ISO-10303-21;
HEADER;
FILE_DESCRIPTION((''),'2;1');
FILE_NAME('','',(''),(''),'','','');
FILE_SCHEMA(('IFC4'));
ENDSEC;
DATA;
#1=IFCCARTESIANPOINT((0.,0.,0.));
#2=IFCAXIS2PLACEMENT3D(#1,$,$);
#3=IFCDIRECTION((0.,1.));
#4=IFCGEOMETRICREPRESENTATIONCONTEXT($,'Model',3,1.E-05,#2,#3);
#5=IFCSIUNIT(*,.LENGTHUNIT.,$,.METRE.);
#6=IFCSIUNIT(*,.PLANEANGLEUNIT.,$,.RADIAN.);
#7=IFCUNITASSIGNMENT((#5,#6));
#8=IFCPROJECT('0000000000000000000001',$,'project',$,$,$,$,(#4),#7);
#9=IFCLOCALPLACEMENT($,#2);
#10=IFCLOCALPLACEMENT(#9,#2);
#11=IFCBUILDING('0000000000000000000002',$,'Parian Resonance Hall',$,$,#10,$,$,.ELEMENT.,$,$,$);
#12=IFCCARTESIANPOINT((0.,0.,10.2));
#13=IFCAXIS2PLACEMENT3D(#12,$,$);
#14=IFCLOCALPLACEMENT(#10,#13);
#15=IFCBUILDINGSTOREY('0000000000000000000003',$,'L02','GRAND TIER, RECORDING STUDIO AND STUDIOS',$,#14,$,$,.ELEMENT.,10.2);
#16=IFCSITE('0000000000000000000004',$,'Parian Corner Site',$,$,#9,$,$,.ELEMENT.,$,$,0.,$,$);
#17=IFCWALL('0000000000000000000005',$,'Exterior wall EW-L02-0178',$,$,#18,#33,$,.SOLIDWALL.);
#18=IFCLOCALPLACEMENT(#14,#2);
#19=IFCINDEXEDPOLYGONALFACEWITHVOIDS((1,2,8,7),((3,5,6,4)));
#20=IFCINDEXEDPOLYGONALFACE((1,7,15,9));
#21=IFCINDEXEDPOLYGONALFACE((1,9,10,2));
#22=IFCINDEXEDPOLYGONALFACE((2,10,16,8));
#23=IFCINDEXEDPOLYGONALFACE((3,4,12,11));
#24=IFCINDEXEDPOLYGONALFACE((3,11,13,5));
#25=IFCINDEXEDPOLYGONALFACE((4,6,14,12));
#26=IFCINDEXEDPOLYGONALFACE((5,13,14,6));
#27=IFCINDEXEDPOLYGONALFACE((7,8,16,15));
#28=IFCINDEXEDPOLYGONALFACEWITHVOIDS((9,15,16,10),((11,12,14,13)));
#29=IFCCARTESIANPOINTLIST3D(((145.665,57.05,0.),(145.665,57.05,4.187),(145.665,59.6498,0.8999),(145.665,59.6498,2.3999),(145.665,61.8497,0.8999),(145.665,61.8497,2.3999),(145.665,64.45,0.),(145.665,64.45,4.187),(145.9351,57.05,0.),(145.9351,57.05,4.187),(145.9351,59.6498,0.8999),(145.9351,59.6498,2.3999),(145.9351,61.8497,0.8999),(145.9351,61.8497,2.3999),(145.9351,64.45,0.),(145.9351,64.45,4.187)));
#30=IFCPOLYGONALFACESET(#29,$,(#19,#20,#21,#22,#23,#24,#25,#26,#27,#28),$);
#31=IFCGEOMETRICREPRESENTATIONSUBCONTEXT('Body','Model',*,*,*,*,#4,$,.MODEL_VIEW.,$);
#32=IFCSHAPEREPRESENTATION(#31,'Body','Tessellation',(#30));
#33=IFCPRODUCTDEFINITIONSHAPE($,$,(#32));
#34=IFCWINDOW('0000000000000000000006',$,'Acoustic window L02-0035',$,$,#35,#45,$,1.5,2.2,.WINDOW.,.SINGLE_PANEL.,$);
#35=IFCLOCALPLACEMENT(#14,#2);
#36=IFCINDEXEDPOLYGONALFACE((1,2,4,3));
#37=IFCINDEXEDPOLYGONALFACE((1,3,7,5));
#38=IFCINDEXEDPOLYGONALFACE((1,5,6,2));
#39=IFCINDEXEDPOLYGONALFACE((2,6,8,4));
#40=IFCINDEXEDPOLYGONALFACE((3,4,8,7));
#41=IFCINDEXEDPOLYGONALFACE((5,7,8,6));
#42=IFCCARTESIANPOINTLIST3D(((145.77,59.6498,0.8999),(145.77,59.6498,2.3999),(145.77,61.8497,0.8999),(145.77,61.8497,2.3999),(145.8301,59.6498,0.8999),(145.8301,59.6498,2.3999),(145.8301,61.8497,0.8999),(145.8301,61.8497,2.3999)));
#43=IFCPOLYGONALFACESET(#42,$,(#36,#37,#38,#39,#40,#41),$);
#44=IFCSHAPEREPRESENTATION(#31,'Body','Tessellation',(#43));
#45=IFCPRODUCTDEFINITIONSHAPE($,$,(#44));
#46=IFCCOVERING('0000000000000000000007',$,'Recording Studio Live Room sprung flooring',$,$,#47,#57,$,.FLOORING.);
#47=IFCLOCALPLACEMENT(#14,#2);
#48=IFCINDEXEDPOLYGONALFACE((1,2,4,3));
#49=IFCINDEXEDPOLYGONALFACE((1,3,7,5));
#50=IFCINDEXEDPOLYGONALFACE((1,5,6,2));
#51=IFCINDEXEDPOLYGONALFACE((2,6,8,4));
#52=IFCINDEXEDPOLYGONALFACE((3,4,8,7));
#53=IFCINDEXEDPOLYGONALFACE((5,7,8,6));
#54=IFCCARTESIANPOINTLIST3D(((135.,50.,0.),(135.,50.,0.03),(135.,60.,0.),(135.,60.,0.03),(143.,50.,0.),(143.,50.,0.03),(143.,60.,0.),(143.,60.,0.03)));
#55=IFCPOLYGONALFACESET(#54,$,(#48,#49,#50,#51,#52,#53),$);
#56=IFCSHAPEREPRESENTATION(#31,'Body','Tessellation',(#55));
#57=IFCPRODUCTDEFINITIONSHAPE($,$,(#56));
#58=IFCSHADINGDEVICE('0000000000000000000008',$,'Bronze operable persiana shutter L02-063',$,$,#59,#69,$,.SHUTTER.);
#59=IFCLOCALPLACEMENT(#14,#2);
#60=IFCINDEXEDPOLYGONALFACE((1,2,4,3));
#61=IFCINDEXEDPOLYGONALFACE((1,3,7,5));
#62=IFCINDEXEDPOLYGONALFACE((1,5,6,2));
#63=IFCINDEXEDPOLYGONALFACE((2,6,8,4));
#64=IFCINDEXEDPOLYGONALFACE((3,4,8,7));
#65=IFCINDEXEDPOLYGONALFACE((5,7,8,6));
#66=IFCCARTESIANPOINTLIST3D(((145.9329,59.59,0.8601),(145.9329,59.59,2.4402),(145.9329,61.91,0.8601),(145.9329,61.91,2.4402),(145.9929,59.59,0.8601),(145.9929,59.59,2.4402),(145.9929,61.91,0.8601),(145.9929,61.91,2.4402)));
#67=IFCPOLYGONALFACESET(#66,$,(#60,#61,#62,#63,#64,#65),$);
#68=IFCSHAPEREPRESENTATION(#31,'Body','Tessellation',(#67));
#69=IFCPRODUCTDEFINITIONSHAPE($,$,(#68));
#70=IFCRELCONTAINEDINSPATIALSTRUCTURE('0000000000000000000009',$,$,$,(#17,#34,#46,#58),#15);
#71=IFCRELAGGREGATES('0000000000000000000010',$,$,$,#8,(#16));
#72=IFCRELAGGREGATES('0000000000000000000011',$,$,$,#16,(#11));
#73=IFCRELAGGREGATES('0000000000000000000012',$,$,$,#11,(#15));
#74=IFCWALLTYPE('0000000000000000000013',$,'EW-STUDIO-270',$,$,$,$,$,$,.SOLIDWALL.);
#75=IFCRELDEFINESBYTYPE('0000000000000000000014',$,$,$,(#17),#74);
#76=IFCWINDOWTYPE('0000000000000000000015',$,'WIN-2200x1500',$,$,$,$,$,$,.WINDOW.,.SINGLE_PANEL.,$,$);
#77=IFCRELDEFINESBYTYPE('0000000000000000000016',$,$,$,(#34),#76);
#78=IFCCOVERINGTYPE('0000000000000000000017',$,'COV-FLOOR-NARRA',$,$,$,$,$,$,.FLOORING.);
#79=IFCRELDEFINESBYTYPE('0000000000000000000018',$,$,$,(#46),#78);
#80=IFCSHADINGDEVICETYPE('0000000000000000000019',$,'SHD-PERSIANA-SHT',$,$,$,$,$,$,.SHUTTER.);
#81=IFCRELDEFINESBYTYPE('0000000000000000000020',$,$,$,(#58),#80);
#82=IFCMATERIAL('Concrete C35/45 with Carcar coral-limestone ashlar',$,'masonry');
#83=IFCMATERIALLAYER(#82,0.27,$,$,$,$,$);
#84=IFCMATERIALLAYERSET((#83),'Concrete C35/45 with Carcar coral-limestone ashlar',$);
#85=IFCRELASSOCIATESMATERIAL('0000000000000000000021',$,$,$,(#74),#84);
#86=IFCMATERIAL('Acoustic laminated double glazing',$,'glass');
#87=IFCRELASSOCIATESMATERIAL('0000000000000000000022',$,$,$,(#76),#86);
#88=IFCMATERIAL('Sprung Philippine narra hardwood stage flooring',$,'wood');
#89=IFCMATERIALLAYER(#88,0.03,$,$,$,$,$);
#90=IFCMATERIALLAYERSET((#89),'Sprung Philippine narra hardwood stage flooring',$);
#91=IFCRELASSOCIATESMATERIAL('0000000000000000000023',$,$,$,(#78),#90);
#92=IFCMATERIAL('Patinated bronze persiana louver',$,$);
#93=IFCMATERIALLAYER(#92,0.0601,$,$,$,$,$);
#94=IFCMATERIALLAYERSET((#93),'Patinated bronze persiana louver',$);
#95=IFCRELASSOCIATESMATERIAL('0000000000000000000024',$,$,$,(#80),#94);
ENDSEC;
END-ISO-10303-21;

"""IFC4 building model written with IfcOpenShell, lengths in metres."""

from ifc_helpers import new_model, si_unit, direction, frame, frame_2d, origin, origin_2d, place, context, subcontext, project, spatial, rectangle, extrude, material, layer, layer_set, type_object, element, fill, save


model = new_model("IFC4")

# Units and contexts
model_context = context("Model", 3, precision=1e-05, world=origin(), true_north=direction((0.0, 1.0)))
body_context = subcontext(model_context, "Body", "Model", "MODEL_VIEW")
ifc_project = project(units=[si_unit("LENGTHUNIT", "METRE"), si_unit("PLANEANGLEUNIT", "RADIAN")], contexts=[model_context])

# Site, building, storey
site_placement = place(None, origin())
site = spatial("IfcSite", under=ifc_project, at=site_placement, Name="Parian Corner Site", CompositionType="ELEMENT", RefElevation=0.0)
building_placement = place(site_placement, origin())
building = spatial("IfcBuilding", under=site, at=building_placement, Name="Parian Resonance Hall", CompositionType="ELEMENT")
storey_placement = place(building_placement, frame((0.0, 0.0, 10.2)))
storey = spatial("IfcBuildingStorey", under=building, at=storey_placement, Name="L02", Description="GRAND TIER, RECORDING STUDIO AND STUDIOS", CompositionType="ELEMENT", Elevation=10.2)

# Wall, opening, window
ifc_material_1 = material(Name="Concrete C35/45 with Carcar coral-limestone ashlar", Category="masonry")
ifc_layer_1 = layer(ifc_material_1, 0.27)
ifc_layer_set_1 = layer_set([ifc_layer_1], Name="Concrete C35/45 with Carcar coral-limestone ashlar")
wall_type = type_object("IfcWallType", Name="EW-STUDIO-270", PredefinedType="SOLIDWALL", material=ifc_layer_set_1)
wall_placement = place(storey_placement, frame((145.8, 64.45, 0.0), z_axis=(0.0, 0.0, 1.0), x_axis=(0.0, -1.0, 0.0)))
wall = element("IfcWall", 1, at=wall_placement, inside=storey, type_object=wall_type, Name="Exterior wall EW-L02-0178", PredefinedType="SOLIDWALL", context=body_context, shape_type="SweptSolid", body=[
    extrude(rectangle(XDim=7.3999, YDim=0.27, at=frame_2d((3.7, 0.0))), origin(), (0.0, 0.0, 1.0), 4.187),
])
opening_placement = place(wall_placement, frame((2.6001, 0.0, 0.8999)))
opening = element("IfcOpeningElement", 2, at=opening_placement, cuts=wall, PredefinedType="OPENING", context=body_context, shape_type="SweptSolid", body=[
    extrude(rectangle(XDim=2.2, YDim=1.5, at=frame_2d((1.1001, 0.75))), frame((0.0, 0.145, 0.0), z_axis=(0.0, -1.0, 0.0), x_axis=(1.0, 0.0, 0.0)), (0.0, 0.0, 1.0), 0.29),
])
ifc_material_2 = material(Name="Acoustic laminated double glazing", Category="glass")
window_type = type_object("IfcWindowType", Name="WIN-2200x1500", PartitioningType="SINGLE_PANEL", PredefinedType="WINDOW", material=ifc_material_2)
window_placement = place(opening_placement, origin())
window = element("IfcWindow", 3, at=window_placement, inside=storey, type_object=window_type, Name="Acoustic window L02-0035", OverallHeight=1.5, OverallWidth=2.2, PartitioningType="SINGLE_PANEL", PredefinedType="WINDOW", context=body_context, shape_type="SweptSolid", body=[
    extrude(rectangle(XDim=2.2, YDim=1.5, at=frame_2d((1.1001, 0.75))), frame((0.0, 0.03, 0.0), z_axis=(0.0, -1.0, 0.0), x_axis=(1.0, 0.0, 0.0)), (0.0, 0.0, 1.0), 0.0601),
])
fill(opening, window)

# Covering
ifc_material_3 = material(Name="Sprung Philippine narra hardwood stage flooring", Category="wood")
ifc_layer_2 = layer(ifc_material_3, 0.03)
ifc_layer_set_2 = layer_set([ifc_layer_2], Name="Sprung Philippine narra hardwood stage flooring")
covering_type = type_object("IfcCoveringType", Name="COV-FLOOR-NARRA", PredefinedType="FLOORING", material=ifc_layer_set_2)
covering_placement = place(storey_placement, frame((139.0, 55.0, 0.0), z_axis=(0.0, 0.0, 1.0), x_axis=(1.0, 0.0, 0.0)))
element("IfcCovering", 4, at=covering_placement, inside=storey, type_object=covering_type, Name="Recording Studio Live Room sprung flooring", PredefinedType="FLOORING", context=body_context, shape_type="SweptSolid", body=[
    extrude(rectangle(XDim=8.0, YDim=10.0, at=origin_2d()), origin(), (0.0, 0.0, 1.0), 0.03),
])

# Shading device
ifc_material_4 = material(Name="Patinated bronze persiana louver")
ifc_layer_3 = layer(ifc_material_4, 0.0601)
ifc_layer_set_3 = layer_set([ifc_layer_3], Name="Patinated bronze persiana louver")
shading_device_type = type_object("IfcShadingDeviceType", Name="SHD-PERSIANA-SHT", PredefinedType="SHUTTER", material=ifc_layer_set_3)
shading_device_placement = place(storey_placement, frame((145.9629, 60.75, 0.8601), z_axis=(0.0, 0.0, 1.0), x_axis=(0.0, -1.0, 0.0)))
element("IfcShadingDevice", 5, at=shading_device_placement, inside=storey, type_object=shading_device_type, Name="Bronze operable persiana shutter L02-063", PredefinedType="SHUTTER", context=body_context, shape_type="SweptSolid", body=[
    extrude(rectangle(XDim=2.3201, YDim=0.0601, at=origin_2d()), origin(), (0.0, 0.0, 1.0), 1.5801),
])

save(model, "model.ifc")
